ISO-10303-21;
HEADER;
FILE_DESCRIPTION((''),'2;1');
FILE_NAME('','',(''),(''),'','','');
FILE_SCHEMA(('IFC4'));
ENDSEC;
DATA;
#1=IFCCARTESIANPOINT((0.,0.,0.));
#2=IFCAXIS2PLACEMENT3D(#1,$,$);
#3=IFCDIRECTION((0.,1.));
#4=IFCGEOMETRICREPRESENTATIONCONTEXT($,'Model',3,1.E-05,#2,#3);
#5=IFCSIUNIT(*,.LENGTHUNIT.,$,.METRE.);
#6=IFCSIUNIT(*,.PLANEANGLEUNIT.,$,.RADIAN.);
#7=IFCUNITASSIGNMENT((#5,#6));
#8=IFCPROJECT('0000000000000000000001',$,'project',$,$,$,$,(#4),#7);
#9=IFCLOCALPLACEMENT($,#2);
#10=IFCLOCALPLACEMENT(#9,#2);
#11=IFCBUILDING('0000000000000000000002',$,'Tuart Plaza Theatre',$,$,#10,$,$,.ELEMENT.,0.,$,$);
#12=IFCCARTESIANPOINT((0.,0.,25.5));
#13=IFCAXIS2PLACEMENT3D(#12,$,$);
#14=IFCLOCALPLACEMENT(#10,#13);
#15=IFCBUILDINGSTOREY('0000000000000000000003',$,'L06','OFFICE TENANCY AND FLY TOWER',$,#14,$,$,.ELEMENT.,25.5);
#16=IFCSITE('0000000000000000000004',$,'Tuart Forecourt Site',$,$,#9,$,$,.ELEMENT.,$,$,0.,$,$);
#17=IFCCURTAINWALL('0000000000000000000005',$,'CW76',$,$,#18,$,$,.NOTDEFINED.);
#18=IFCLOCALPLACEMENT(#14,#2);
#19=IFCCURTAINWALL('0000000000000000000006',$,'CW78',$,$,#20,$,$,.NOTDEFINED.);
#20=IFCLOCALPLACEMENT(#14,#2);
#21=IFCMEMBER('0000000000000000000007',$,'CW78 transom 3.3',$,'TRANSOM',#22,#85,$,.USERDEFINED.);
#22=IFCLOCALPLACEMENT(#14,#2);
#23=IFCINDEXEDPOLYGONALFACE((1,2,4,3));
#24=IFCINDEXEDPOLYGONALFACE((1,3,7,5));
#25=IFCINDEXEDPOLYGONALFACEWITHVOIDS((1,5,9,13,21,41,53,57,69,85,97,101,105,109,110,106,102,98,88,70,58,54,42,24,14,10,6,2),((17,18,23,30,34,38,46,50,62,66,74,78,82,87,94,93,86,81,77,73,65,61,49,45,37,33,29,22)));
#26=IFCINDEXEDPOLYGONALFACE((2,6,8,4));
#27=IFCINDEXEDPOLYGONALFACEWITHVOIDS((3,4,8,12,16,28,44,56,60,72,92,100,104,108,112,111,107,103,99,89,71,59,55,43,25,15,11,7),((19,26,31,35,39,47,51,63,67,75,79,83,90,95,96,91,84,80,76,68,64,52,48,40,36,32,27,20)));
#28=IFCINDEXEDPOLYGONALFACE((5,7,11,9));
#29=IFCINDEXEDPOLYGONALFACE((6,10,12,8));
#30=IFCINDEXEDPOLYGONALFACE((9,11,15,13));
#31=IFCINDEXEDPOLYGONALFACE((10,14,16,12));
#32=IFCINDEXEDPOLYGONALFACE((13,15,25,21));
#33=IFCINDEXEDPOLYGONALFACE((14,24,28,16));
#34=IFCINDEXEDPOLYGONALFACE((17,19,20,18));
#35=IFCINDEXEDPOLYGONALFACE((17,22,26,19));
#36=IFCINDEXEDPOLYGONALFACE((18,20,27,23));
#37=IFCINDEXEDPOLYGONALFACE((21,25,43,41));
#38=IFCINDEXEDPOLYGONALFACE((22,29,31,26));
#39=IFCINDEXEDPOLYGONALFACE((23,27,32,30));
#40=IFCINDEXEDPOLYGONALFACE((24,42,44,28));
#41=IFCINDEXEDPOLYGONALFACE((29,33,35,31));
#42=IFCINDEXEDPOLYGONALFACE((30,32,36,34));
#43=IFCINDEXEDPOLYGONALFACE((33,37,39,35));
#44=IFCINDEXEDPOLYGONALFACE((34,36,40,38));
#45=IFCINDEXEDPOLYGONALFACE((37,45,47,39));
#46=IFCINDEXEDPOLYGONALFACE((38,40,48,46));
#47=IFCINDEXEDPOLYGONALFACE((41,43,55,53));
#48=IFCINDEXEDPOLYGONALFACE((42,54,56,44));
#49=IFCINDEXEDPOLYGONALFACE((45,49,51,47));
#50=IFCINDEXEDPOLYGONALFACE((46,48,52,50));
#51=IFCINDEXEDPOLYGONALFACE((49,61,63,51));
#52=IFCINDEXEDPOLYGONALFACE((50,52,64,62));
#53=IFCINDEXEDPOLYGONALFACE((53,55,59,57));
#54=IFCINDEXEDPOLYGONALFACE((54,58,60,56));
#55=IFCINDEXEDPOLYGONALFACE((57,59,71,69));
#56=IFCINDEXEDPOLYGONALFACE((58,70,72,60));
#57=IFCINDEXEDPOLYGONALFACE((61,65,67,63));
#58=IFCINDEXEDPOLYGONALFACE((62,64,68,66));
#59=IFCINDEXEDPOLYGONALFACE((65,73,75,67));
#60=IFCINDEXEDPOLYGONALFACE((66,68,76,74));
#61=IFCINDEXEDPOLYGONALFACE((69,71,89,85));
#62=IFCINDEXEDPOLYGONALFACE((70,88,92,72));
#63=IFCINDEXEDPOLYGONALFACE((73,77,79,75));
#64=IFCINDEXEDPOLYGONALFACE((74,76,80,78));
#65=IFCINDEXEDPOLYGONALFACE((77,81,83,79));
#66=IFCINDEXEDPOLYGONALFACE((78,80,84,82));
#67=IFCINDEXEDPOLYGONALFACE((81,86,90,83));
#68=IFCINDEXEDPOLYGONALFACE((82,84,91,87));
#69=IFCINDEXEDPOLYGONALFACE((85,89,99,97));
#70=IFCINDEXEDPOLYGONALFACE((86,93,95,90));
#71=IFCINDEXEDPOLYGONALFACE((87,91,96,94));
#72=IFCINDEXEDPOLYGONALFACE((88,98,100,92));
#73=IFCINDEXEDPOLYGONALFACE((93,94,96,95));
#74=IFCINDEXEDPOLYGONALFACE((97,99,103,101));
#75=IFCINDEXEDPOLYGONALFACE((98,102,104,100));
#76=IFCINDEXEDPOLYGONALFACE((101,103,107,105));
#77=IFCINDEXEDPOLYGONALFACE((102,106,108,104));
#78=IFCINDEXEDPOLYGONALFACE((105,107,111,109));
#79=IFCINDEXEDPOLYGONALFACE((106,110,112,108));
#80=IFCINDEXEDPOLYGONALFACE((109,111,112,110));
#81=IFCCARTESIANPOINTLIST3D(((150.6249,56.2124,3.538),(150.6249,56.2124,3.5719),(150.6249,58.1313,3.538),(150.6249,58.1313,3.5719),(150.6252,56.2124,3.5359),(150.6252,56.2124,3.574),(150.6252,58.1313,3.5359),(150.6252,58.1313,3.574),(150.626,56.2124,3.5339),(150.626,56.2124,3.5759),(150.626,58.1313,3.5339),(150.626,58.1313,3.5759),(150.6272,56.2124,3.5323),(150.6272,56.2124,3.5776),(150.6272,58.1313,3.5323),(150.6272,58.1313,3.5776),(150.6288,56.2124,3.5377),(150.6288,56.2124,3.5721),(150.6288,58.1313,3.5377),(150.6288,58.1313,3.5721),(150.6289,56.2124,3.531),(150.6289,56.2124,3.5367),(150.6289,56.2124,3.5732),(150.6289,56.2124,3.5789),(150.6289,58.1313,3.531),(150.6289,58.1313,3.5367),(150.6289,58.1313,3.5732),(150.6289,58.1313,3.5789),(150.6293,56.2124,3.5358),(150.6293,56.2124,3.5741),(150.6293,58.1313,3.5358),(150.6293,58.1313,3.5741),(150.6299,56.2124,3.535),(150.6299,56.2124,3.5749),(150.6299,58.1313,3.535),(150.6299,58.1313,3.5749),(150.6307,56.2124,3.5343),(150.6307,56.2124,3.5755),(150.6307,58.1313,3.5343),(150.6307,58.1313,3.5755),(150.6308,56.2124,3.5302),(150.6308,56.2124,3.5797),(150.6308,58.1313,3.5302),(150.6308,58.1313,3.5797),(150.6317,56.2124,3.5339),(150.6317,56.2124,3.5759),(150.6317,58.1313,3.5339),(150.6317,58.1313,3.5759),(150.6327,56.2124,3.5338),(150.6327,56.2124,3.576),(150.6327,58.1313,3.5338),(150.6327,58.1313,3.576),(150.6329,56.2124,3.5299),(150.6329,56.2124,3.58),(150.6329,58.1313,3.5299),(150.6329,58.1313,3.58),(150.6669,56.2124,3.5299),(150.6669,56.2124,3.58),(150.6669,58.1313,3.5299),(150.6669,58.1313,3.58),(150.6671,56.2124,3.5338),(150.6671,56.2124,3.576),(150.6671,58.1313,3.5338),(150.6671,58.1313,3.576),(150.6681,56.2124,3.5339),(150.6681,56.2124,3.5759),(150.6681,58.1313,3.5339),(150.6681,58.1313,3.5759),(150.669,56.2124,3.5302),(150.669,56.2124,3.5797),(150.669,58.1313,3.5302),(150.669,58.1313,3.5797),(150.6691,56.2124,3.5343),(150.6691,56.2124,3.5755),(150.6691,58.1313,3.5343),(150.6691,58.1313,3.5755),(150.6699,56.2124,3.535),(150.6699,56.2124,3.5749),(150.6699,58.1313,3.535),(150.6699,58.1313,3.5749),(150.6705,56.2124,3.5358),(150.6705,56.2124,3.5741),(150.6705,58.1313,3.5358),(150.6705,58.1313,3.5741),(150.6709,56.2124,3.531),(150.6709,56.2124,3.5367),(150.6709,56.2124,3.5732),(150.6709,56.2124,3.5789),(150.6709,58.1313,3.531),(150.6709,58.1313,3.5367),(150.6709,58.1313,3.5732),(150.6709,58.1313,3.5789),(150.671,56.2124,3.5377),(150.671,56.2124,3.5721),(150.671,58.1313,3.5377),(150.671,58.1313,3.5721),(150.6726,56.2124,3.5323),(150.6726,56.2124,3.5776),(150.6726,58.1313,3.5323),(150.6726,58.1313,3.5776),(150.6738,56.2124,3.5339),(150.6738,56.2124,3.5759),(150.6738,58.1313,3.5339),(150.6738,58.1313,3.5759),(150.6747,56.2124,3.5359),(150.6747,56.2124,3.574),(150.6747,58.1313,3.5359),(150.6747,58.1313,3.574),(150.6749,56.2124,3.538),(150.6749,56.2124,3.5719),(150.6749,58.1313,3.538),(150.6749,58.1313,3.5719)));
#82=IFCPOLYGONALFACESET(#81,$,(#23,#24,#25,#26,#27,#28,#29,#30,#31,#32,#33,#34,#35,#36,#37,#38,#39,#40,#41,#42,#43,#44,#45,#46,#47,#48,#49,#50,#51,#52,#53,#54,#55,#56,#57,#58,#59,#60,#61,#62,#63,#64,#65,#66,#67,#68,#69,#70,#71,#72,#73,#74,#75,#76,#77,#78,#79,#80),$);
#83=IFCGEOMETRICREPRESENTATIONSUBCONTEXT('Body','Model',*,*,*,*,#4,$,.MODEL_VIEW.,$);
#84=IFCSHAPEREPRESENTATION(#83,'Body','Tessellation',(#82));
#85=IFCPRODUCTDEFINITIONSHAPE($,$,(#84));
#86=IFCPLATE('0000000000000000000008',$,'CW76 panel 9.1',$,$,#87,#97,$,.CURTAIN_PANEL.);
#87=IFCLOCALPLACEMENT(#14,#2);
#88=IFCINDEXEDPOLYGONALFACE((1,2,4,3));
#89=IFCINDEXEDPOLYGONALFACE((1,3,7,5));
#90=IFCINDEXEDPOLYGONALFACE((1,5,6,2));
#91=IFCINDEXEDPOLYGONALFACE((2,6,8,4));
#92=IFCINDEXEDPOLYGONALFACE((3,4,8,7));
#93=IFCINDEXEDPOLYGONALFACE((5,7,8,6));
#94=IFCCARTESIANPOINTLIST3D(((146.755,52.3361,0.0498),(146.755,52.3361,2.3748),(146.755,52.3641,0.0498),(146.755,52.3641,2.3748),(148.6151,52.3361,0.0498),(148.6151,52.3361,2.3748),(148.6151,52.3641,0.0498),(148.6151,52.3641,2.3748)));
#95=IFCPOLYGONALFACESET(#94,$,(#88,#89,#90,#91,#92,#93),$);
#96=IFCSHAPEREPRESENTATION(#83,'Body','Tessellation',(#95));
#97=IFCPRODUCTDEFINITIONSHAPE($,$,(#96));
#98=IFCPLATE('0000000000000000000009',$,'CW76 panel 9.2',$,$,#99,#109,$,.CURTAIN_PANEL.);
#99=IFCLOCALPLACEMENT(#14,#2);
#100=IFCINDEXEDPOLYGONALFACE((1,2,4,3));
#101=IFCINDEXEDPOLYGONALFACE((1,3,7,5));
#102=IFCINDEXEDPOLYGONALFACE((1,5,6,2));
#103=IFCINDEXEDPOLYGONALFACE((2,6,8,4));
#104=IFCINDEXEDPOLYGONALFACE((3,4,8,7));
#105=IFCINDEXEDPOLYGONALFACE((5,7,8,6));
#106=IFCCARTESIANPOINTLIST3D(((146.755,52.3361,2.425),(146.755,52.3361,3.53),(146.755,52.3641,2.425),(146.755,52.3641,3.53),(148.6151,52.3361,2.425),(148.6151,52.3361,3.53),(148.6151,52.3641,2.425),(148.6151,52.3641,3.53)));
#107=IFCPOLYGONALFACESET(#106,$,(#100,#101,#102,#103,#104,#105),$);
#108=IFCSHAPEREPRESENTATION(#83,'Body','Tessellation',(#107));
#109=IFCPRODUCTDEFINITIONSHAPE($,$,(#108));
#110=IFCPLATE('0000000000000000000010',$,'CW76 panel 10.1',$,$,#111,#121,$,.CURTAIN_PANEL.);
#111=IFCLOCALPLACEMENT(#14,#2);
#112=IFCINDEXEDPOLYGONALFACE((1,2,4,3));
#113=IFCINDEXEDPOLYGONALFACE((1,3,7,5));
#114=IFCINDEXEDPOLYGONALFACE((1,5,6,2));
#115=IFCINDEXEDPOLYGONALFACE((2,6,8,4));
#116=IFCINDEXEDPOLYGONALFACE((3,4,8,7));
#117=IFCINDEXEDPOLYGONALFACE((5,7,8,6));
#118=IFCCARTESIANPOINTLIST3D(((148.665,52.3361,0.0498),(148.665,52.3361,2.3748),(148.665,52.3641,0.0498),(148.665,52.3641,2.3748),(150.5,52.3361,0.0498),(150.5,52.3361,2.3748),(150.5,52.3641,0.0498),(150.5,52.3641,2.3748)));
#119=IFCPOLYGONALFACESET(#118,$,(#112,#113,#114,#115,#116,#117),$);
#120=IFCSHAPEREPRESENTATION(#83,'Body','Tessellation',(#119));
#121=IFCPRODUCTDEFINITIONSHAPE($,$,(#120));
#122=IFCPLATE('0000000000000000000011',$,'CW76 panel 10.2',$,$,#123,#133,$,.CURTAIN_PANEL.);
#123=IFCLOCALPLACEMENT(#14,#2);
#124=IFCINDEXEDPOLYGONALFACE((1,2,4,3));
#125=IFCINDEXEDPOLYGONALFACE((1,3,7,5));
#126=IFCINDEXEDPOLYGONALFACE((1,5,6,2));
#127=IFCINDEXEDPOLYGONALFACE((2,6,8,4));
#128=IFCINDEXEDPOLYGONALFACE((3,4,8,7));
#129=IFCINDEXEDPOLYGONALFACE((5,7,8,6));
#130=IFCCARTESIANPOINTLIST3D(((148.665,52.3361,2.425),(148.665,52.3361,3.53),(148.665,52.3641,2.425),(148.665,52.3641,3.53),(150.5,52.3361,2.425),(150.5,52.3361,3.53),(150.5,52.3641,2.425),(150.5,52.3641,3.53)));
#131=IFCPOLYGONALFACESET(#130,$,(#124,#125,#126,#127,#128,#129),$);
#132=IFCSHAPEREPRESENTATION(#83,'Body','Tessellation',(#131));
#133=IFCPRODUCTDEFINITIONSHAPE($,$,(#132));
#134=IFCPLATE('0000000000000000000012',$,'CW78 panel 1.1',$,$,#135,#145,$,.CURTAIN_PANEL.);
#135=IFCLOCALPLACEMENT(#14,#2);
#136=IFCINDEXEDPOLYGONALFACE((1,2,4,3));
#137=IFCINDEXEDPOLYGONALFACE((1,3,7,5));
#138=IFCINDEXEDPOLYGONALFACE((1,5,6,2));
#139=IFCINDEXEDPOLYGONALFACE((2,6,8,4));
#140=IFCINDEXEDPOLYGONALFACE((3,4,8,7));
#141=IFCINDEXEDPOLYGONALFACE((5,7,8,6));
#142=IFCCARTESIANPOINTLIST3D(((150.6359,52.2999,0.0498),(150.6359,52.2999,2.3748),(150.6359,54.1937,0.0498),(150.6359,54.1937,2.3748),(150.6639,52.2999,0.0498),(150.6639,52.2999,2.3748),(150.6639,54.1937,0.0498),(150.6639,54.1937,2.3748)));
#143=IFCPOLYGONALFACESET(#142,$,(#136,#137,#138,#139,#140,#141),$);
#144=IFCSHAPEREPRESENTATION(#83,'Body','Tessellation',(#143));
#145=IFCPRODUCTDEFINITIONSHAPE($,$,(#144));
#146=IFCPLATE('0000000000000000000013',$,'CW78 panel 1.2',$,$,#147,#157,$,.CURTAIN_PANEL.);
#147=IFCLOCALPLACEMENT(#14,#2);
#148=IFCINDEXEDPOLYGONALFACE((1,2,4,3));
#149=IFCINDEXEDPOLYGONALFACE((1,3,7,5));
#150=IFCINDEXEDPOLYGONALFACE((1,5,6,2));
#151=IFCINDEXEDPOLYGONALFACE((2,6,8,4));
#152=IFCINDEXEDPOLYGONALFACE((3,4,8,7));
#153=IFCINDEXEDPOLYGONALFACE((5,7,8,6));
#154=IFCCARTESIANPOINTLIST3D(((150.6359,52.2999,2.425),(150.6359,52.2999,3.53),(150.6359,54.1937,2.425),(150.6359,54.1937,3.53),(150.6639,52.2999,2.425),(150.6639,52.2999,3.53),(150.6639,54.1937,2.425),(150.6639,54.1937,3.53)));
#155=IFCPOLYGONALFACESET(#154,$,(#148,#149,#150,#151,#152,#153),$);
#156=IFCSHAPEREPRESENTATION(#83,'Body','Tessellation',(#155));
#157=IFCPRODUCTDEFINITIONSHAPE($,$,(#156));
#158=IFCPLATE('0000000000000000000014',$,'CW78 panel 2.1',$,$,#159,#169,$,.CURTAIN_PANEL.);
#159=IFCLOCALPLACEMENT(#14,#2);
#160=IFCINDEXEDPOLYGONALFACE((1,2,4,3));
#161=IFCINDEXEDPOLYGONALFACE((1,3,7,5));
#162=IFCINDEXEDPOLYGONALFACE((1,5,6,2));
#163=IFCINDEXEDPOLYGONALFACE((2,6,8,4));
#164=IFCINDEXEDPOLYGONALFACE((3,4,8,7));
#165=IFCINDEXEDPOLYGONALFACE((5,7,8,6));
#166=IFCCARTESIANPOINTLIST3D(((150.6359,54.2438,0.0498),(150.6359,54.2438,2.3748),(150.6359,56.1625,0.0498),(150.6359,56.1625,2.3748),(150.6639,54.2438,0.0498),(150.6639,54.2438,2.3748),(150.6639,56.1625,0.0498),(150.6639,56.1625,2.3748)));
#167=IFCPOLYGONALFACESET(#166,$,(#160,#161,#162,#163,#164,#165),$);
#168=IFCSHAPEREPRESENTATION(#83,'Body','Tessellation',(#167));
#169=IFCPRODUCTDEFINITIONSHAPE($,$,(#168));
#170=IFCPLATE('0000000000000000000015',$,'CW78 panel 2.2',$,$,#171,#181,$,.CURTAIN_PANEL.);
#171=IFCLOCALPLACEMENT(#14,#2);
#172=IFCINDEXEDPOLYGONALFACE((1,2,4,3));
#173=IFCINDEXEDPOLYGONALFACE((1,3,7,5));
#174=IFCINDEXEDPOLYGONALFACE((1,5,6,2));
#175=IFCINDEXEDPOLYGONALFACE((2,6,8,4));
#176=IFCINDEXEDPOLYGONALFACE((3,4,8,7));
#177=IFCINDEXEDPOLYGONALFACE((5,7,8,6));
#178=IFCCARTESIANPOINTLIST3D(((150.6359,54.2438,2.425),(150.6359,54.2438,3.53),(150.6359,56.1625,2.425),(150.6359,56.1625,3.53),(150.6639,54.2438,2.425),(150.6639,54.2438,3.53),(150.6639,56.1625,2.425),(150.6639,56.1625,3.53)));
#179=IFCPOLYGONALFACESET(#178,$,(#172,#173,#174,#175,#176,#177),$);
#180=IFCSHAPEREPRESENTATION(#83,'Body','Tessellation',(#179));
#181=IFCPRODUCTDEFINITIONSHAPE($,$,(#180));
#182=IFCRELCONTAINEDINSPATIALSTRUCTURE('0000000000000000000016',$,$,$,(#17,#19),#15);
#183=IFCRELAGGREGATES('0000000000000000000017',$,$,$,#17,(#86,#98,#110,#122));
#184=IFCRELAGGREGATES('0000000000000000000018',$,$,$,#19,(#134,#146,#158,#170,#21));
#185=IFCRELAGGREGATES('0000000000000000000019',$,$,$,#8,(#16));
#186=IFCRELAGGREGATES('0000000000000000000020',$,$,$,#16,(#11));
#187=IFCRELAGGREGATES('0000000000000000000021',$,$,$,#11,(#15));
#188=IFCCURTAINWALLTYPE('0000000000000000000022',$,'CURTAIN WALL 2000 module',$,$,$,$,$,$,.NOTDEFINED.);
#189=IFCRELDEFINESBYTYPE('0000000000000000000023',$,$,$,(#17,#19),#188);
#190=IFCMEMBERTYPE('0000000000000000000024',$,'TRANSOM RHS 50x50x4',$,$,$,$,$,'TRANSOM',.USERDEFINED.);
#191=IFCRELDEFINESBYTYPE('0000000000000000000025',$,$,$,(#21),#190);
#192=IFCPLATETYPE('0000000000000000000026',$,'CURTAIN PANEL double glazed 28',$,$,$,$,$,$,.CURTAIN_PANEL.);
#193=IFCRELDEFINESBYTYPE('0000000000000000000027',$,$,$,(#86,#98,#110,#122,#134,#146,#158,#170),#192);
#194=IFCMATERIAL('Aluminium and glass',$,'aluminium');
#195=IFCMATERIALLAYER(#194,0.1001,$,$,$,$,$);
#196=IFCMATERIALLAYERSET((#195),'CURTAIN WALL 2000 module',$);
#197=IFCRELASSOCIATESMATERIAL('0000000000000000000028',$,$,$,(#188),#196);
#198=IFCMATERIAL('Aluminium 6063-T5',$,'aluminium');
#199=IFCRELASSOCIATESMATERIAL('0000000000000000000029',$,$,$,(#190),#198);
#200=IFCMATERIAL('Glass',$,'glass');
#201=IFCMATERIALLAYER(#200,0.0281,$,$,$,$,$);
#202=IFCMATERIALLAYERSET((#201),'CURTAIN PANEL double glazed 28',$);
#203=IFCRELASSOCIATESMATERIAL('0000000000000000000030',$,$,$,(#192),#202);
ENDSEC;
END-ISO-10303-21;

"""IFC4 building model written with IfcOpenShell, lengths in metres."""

from ifc_helpers import new_model, si_unit, direction, frame, origin, origin_2d, place, context, subcontext, project, spatial, rectangle, hollow_rectangle, extrude, material, layer, layer_set, material_profile, profile_set, type_object, element, aggregate, save


model = new_model("IFC4")

# Units and contexts
model_context = context("Model", 3, precision=1e-05, world=origin(), true_north=direction((0.0, 1.0)))
body_context = subcontext(model_context, "Body", "Model", "MODEL_VIEW")
ifc_project = project(units=[si_unit("LENGTHUNIT", "METRE"), si_unit("PLANEANGLEUNIT", "RADIAN")], contexts=[model_context])

# Site, building, storey
site_placement = place(None, origin())
site = spatial("IfcSite", under=ifc_project, at=site_placement, Name="Tuart Forecourt Site", CompositionType="ELEMENT", RefElevation=0.0)
building_placement = place(site_placement, origin())
building = spatial("IfcBuilding", under=site, at=building_placement, Name="Tuart Plaza Theatre", CompositionType="ELEMENT", ElevationOfRefHeight=0.0)
storey_placement = place(building_placement, frame((0.0, 0.0, 25.5)))
storey = spatial("IfcBuildingStorey", under=building, at=storey_placement, Name="L06", Description="OFFICE TENANCY AND FLY TOWER", CompositionType="ELEMENT", Elevation=25.5)

# Curtain walls
ifc_material_1 = material(Name="Aluminium and glass", Category="aluminium")
ifc_layer_1 = layer(ifc_material_1, 0.1001)
ifc_layer_set_1 = layer_set([ifc_layer_1], Name="CURTAIN WALL 2000 module")
curtain_wall_type = type_object("IfcCurtainWallType", Name="CURTAIN WALL 2000 module", PredefinedType="NOTDEFINED", material=ifc_layer_set_1)
curtain_wall_1_placement = place(storey_placement, origin())
curtain_wall_1 = element("IfcCurtainWall", 1, at=curtain_wall_1_placement, inside=storey, type_object=curtain_wall_type, Name="CW76", PredefinedType="NOTDEFINED")
curtain_wall_2_placement = place(storey_placement, origin())
curtain_wall_2 = element("IfcCurtainWall", 2, at=curtain_wall_2_placement, inside=storey, type_object=curtain_wall_type, Name="CW78", PredefinedType="NOTDEFINED")

# Member
ifc_material_2 = material(Name="Aluminium 6063-T5", Category="aluminium")
ifc_material_profile_1 = material_profile(ifc_material_2, hollow_rectangle(XDim=0.05, YDim=0.05, WallThickness=0.0039, InnerFilletRadius=0.0039, OuterFilletRadius=0.0081, at=origin_2d()), Name="RHS 50x50x4")
ifc_profile_set_1 = profile_set([ifc_material_profile_1], Name="Aluminium 6063-T5")
member_type_1 = type_object("IfcMemberType", Name="TRANSOM RHS 50x50x4", ElementType="TRANSOM", PredefinedType="USERDEFINED", material=ifc_profile_set_1)
member_1_placement = place(storey_placement, frame((150.6499, 56.2124, 3.5549), z_axis=(0.0, 1.0, 0.0), x_axis=(-1.0, 0.0, 0.0)))
member_1 = element("IfcMember", 3, at=member_1_placement, type_object=member_type_1, Name="CW78 transom 3.3", ObjectType="TRANSOM", PredefinedType="USERDEFINED", context=body_context, shape_type="SweptSolid", body=[
    extrude(hollow_rectangle(XDim=0.05, YDim=0.05, WallThickness=0.0039, InnerFilletRadius=0.0039, OuterFilletRadius=0.0081, at=origin_2d()), origin(), (0.0, 0.0, 1.0), 1.9189),
])

# Plates
ifc_material_3 = material(Name="Glass", Category="glass")
ifc_layer_2 = layer(ifc_material_3, 0.0281)
ifc_layer_set_2 = layer_set([ifc_layer_2], Name="CURTAIN PANEL double glazed 28")
plate_type = type_object("IfcPlateType", Name="CURTAIN PANEL double glazed 28", PredefinedType="CURTAIN_PANEL", material=ifc_layer_set_2)
plate_1_placement = place(storey_placement, frame((147.6851, 52.3501, 0.0498), z_axis=(0.0, 0.0, 1.0), x_axis=(1.0, 0.0, 0.0)))
plate_1 = element("IfcPlate", 4, at=plate_1_placement, type_object=plate_type, Name="CW76 panel 9.1", PredefinedType="CURTAIN_PANEL", context=body_context, shape_type="SweptSolid", body=[
    extrude(rectangle(XDim=1.8601, YDim=0.0281, at=origin_2d()), origin(), (0.0, 0.0, 1.0), 2.325),
])
plate_2_placement = place(storey_placement, frame((147.6851, 52.3501, 2.425), z_axis=(0.0, 0.0, 1.0), x_axis=(1.0, 0.0, 0.0)))
plate_2 = element("IfcPlate", 5, at=plate_2_placement, type_object=plate_type, Name="CW76 panel 9.2", PredefinedType="CURTAIN_PANEL", context=body_context, shape_type="SweptSolid", body=[
    extrude(rectangle(XDim=1.8601, YDim=0.0281, at=origin_2d()), origin(), (0.0, 0.0, 1.0), 1.105),
])
plate_3_placement = place(storey_placement, frame((149.5825, 52.3501, 0.0498), z_axis=(0.0, 0.0, 1.0), x_axis=(1.0, 0.0, 0.0)))
plate_3 = element("IfcPlate", 6, at=plate_3_placement, type_object=plate_type, Name="CW76 panel 10.1", PredefinedType="CURTAIN_PANEL", context=body_context, shape_type="SweptSolid", body=[
    extrude(rectangle(XDim=1.835, YDim=0.0281, at=origin_2d()), origin(), (0.0, 0.0, 1.0), 2.325),
])
plate_4_placement = place(storey_placement, frame((149.5825, 52.3501, 2.425), z_axis=(0.0, 0.0, 1.0), x_axis=(1.0, 0.0, 0.0)))
plate_4 = element("IfcPlate", 7, at=plate_4_placement, type_object=plate_type, Name="CW76 panel 10.2", PredefinedType="CURTAIN_PANEL", context=body_context, shape_type="SweptSolid", body=[
    extrude(rectangle(XDim=1.835, YDim=0.0281, at=origin_2d()), origin(), (0.0, 0.0, 1.0), 1.105),
])
aggregate(curtain_wall_1, [plate_1, plate_2, plate_3, plate_4])
plate_5_placement = place(storey_placement, frame((150.6499, 53.2468, 0.0498), z_axis=(0.0, 0.0, 1.0), x_axis=(0.0, 1.0, 0.0)))
plate_5 = element("IfcPlate", 8, at=plate_5_placement, type_object=plate_type, Name="CW78 panel 1.1", PredefinedType="CURTAIN_PANEL", context=body_context, shape_type="SweptSolid", body=[
    extrude(rectangle(XDim=1.8938, YDim=0.0281, at=origin_2d()), origin(), (0.0, 0.0, 1.0), 2.325),
])
plate_6_placement = place(storey_placement, frame((150.6499, 53.2468, 2.425), z_axis=(0.0, 0.0, 1.0), x_axis=(0.0, 1.0, 0.0)))
plate_6 = element("IfcPlate", 9, at=plate_6_placement, type_object=plate_type, Name="CW78 panel 1.2", PredefinedType="CURTAIN_PANEL", context=body_context, shape_type="SweptSolid", body=[
    extrude(rectangle(XDim=1.8938, YDim=0.0281, at=origin_2d()), origin(), (0.0, 0.0, 1.0), 1.105),
])
plate_7_placement = place(storey_placement, frame((150.6499, 55.2031, 0.0498), z_axis=(0.0, 0.0, 1.0), x_axis=(0.0, 1.0, 0.0)))
plate_7 = element("IfcPlate", 10, at=plate_7_placement, type_object=plate_type, Name="CW78 panel 2.1", PredefinedType="CURTAIN_PANEL", context=body_context, shape_type="SweptSolid", body=[
    extrude(rectangle(XDim=1.9187, YDim=0.0281, at=origin_2d()), origin(), (0.0, 0.0, 1.0), 2.325),
])
plate_8_placement = place(storey_placement, frame((150.6499, 55.2031, 2.425), z_axis=(0.0, 0.0, 1.0), x_axis=(0.0, 1.0, 0.0)))
plate_8 = element("IfcPlate", 11, at=plate_8_placement, type_object=plate_type, Name="CW78 panel 2.2", PredefinedType="CURTAIN_PANEL", context=body_context, shape_type="SweptSolid", body=[
    extrude(rectangle(XDim=1.9187, YDim=0.0281, at=origin_2d()), origin(), (0.0, 0.0, 1.0), 1.105),
])
aggregate(curtain_wall_2, [plate_5, plate_6, plate_7, plate_8, member_1])

save(model, "model.ifc")
